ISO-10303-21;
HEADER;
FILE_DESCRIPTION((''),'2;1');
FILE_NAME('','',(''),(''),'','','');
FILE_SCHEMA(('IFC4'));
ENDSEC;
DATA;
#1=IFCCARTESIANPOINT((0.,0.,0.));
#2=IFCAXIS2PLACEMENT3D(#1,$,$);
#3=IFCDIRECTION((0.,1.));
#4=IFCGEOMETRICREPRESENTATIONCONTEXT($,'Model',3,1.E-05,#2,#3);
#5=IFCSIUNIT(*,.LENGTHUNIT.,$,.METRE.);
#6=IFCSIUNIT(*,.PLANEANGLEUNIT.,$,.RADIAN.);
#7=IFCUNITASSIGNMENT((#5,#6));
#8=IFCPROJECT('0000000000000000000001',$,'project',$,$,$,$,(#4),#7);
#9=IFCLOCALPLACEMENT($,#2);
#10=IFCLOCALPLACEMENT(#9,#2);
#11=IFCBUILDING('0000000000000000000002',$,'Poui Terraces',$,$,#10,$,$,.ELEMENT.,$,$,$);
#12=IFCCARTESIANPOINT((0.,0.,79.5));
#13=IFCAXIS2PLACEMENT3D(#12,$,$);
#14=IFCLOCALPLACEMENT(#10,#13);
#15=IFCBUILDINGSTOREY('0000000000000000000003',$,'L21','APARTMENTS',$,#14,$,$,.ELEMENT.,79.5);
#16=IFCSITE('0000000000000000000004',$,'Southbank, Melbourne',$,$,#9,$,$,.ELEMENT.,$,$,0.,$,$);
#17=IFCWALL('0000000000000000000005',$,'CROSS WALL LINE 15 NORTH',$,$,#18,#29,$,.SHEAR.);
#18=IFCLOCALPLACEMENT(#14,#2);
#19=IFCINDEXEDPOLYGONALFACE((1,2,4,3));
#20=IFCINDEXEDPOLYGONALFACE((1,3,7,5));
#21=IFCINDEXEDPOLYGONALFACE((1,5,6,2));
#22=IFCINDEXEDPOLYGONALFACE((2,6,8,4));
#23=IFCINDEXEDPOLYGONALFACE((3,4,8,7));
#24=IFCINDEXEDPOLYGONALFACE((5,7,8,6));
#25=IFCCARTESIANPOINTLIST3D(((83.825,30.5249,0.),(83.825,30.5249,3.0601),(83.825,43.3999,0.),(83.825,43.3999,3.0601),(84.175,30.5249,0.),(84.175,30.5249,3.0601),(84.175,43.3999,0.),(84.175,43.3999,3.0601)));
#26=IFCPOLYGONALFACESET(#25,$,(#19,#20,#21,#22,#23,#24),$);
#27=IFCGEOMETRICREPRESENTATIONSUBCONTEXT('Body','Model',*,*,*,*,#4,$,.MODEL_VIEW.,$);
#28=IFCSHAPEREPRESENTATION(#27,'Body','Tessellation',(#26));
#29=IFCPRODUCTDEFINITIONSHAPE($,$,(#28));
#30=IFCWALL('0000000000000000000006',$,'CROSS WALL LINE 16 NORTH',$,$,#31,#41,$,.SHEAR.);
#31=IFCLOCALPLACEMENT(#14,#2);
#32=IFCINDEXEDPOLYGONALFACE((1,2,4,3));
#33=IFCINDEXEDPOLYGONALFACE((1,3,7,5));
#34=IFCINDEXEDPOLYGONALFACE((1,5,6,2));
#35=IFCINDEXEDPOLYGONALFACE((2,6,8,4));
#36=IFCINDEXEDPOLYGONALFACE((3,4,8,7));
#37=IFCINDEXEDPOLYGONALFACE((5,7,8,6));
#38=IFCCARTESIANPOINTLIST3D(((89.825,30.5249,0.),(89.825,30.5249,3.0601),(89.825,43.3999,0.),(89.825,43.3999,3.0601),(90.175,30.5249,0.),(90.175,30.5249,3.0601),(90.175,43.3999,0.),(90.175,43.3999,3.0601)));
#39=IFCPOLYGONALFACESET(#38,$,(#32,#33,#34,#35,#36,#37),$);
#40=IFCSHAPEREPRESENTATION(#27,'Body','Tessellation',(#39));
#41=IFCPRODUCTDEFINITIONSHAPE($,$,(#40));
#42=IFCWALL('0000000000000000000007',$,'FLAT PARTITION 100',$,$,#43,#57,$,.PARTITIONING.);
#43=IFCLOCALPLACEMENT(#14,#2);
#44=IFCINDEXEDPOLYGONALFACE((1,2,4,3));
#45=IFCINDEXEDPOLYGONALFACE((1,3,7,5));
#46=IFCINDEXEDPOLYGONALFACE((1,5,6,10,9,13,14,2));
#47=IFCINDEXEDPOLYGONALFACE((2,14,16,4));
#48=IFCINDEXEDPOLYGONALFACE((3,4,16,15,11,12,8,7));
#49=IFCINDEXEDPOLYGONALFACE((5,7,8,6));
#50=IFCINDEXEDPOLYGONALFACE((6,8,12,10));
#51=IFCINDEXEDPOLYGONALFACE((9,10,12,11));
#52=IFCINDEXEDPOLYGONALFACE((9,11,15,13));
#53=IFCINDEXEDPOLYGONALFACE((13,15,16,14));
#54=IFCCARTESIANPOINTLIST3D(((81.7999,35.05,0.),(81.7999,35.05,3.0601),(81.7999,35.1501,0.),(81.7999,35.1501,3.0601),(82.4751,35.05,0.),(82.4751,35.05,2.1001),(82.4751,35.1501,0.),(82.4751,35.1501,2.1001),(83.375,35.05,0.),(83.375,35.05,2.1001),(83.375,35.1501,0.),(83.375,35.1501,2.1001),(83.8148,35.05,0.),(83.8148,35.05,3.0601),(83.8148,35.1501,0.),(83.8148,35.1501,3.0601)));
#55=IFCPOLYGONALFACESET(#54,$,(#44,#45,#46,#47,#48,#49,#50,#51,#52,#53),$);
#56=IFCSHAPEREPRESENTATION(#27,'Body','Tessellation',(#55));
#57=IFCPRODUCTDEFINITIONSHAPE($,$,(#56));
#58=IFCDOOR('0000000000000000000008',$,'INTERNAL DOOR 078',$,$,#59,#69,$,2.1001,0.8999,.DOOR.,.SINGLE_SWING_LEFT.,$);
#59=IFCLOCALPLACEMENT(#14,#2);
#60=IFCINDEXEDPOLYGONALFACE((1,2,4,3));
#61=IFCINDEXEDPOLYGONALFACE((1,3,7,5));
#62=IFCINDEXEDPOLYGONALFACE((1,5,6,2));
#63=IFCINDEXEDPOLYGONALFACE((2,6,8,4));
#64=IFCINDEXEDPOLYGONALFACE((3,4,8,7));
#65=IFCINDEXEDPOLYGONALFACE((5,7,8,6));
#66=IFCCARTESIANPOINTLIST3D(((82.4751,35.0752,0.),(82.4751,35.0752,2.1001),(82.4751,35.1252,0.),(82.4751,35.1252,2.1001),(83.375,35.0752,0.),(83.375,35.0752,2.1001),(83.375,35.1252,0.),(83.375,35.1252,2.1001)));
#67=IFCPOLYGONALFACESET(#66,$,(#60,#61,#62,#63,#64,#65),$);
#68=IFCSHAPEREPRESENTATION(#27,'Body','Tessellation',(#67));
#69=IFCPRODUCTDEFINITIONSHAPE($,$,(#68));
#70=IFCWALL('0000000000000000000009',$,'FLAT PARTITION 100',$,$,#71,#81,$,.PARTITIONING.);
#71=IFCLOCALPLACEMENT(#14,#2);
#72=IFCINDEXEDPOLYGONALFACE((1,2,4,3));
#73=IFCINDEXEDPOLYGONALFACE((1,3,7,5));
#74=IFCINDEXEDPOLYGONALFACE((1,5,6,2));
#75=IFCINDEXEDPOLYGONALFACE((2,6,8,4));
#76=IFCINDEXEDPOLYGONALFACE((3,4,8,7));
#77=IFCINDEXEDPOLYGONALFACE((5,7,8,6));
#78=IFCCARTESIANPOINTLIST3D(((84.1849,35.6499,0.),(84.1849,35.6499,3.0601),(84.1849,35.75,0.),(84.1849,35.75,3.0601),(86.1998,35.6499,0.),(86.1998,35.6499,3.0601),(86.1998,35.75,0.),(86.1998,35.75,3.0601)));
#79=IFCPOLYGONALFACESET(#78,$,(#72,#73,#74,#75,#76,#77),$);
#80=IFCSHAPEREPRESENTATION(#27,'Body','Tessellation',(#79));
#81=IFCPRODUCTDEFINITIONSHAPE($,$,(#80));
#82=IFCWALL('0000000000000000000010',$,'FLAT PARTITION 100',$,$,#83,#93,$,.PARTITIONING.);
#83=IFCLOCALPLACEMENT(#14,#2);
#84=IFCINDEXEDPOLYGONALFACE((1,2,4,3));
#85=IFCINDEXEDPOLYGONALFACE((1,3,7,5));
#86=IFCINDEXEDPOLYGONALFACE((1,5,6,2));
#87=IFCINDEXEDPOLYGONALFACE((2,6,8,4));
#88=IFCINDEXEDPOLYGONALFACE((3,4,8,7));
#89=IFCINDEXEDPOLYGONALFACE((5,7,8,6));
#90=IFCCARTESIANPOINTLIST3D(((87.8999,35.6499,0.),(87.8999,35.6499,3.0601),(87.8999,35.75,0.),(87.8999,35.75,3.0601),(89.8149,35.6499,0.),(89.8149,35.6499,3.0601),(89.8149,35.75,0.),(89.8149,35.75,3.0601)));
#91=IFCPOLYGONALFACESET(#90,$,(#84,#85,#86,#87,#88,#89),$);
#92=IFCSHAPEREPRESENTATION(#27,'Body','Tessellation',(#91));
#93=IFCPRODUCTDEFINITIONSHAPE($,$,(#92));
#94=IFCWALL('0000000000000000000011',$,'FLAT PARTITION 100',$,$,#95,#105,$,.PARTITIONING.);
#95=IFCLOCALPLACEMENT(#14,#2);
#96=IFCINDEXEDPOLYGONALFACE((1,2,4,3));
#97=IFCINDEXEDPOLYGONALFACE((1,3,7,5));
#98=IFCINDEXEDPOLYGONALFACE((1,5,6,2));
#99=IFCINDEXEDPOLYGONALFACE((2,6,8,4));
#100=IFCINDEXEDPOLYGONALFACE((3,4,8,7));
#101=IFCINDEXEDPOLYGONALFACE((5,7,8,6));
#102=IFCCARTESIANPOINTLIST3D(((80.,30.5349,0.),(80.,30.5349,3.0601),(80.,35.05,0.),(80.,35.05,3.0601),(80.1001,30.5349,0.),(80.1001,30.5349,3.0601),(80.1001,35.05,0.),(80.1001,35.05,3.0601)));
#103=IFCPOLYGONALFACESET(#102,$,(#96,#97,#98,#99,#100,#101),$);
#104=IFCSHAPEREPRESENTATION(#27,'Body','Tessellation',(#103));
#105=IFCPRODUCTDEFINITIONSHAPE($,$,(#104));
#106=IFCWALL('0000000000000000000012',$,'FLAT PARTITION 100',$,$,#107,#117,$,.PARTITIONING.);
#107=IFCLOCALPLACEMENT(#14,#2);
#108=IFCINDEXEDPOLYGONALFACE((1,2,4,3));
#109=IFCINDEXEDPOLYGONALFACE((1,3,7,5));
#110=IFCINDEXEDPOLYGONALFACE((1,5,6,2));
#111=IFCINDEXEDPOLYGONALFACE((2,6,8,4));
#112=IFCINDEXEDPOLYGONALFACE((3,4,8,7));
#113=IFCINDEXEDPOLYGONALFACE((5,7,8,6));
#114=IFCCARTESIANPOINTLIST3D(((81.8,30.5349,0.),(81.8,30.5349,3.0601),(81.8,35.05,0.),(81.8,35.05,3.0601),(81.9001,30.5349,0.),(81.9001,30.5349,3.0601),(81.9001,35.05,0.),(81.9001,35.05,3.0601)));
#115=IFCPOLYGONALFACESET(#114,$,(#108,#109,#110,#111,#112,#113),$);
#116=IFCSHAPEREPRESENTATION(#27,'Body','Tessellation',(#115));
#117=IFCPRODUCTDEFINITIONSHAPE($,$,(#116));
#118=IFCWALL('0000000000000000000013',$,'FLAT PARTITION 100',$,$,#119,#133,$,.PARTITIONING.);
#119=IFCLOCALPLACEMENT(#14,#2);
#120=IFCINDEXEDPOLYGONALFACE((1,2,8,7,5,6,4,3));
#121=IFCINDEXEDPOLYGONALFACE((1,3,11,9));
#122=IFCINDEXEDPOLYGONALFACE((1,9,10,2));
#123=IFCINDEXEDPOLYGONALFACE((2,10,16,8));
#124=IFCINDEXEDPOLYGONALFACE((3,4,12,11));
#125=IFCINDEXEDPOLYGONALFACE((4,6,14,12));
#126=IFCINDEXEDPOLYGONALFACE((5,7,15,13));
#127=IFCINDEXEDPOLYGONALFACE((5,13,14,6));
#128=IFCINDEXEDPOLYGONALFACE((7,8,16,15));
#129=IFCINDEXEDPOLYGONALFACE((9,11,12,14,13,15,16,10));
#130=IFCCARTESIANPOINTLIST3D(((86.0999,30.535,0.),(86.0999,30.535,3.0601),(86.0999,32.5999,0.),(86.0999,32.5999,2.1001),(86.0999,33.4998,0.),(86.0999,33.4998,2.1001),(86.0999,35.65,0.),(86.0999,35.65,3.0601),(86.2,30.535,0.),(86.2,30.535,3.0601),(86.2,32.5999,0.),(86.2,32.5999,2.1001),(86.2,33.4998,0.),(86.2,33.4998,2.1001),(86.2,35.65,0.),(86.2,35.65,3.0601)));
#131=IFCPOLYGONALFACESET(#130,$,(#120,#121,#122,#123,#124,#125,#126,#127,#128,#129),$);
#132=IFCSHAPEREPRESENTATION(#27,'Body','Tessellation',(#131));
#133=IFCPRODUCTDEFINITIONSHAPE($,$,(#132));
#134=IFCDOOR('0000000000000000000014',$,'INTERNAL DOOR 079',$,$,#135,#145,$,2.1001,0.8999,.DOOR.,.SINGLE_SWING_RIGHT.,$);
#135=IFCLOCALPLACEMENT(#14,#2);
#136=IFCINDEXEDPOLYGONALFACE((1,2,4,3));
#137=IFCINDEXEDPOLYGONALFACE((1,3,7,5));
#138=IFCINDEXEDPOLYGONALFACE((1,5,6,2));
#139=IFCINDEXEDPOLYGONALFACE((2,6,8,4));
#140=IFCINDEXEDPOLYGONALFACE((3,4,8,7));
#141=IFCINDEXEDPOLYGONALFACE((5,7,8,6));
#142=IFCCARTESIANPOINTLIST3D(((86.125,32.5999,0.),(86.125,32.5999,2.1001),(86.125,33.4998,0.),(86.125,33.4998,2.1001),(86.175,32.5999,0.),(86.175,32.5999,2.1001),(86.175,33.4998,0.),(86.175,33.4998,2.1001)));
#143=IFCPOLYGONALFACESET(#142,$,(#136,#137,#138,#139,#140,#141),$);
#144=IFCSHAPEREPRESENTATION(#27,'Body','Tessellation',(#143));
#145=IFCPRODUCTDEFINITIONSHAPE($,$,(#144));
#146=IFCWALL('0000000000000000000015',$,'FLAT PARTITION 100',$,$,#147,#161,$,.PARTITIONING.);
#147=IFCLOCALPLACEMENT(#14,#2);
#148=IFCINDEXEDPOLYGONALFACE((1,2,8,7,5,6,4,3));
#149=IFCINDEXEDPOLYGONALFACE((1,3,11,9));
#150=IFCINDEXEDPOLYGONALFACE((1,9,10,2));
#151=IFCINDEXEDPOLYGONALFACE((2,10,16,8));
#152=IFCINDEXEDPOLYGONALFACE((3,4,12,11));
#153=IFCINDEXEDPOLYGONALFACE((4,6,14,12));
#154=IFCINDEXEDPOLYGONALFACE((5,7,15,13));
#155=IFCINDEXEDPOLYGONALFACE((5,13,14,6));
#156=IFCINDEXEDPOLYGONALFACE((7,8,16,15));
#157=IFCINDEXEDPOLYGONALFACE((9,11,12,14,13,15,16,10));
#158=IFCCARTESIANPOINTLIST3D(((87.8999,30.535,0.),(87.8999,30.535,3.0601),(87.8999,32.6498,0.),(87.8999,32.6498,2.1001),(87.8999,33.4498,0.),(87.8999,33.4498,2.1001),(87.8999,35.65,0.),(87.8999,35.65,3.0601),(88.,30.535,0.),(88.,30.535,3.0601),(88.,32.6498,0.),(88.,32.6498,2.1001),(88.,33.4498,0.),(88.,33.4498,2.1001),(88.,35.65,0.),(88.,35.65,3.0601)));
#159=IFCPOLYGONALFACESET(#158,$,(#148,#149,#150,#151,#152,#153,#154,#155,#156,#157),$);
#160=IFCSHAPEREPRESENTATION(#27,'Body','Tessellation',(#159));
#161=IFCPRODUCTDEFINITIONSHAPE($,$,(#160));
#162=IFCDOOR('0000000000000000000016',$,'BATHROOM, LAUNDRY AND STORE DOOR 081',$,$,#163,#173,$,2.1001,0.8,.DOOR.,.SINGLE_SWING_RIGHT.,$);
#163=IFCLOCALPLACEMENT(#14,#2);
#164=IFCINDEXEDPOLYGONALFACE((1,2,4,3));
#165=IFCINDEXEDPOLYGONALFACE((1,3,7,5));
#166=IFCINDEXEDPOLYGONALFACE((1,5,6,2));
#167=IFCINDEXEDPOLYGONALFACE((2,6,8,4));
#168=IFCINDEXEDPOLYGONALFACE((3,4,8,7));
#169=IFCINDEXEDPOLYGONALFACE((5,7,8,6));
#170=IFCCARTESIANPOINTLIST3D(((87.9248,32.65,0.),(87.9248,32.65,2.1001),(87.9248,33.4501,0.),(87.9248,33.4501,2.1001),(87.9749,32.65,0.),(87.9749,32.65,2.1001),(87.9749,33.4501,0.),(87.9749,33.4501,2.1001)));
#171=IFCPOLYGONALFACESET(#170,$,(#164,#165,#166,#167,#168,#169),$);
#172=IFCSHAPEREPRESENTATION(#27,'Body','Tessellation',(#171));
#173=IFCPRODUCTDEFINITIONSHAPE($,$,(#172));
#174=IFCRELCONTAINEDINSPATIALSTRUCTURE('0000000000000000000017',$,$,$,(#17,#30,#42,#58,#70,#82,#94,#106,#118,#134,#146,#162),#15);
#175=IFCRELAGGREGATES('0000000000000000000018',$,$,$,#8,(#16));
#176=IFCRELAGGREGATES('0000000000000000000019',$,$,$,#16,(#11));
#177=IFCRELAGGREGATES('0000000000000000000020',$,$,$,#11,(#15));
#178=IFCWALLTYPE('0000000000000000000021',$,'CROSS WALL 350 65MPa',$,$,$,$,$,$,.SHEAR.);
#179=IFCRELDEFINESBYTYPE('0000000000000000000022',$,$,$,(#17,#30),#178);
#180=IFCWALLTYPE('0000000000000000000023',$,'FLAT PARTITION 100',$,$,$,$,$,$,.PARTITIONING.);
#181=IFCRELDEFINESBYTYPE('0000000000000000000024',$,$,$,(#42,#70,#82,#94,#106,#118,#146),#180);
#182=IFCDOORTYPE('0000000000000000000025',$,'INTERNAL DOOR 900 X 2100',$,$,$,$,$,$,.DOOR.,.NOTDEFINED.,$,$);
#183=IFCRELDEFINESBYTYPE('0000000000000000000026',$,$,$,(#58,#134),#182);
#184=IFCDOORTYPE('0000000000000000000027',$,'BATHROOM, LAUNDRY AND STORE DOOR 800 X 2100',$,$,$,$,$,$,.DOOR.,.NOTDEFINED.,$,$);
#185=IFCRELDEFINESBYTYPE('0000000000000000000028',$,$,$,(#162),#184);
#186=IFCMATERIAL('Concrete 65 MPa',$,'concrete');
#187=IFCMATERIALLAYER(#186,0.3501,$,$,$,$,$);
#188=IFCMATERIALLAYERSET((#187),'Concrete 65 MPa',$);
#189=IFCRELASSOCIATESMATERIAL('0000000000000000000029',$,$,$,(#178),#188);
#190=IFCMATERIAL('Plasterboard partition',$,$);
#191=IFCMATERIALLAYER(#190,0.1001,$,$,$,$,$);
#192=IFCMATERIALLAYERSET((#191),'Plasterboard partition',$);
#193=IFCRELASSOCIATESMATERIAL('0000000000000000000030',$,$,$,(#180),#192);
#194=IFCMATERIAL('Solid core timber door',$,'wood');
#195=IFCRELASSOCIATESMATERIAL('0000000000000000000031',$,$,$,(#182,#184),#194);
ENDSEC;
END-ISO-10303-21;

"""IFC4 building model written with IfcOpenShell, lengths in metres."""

from ifc_helpers import new_model, si_unit, direction, frame, frame_2d, origin, place, context, subcontext, project, spatial, rectangle, extrude, material, layer, layer_set, type_object, element, fill, save


model = new_model("IFC4")

# Units and contexts
model_context = context("Model", 3, precision=1e-05, world=origin(), true_north=direction((0.0, 1.0)))
body_context = subcontext(model_context, "Body", "Model", "MODEL_VIEW")
ifc_project = project(units=[si_unit("LENGTHUNIT", "METRE"), si_unit("PLANEANGLEUNIT", "RADIAN")], contexts=[model_context])

# Site, building, storey
site_placement = place(None, origin())
site = spatial("IfcSite", under=ifc_project, at=site_placement, Name="Southbank, Melbourne", CompositionType="ELEMENT", RefElevation=0.0)
building_placement = place(site_placement, origin())
building = spatial("IfcBuilding", under=site, at=building_placement, Name="Poui Terraces", CompositionType="ELEMENT")
storey_placement = place(building_placement, frame((0.0, 0.0, 79.5)))
storey = spatial("IfcBuildingStorey", under=building, at=storey_placement, Name="L21", Description="APARTMENTS", CompositionType="ELEMENT", Elevation=79.5)

# Walls
ifc_material_1 = material(Name="Concrete 65 MPa", Category="concrete")
ifc_layer_1 = layer(ifc_material_1, 0.3501)
ifc_layer_set_1 = layer_set([ifc_layer_1], Name="Concrete 65 MPa")
wall_type_1 = type_object("IfcWallType", Name="CROSS WALL 350 65MPa", PredefinedType="SHEAR", material=ifc_layer_set_1)
for number, where, z_axis, x_axis, name in (
    (1, (84.0, 30.5249, 0.0), (0.0, 0.0, 1.0), (0.0, 1.0, 0.0), "CROSS WALL LINE 15 NORTH"),
    (2, (90.0, 30.5249, 0.0), (0.0, 0.0, 1.0), (0.0, 1.0, 0.0), "CROSS WALL LINE 16 NORTH"),
):
    element("IfcWall", number, at=place(storey_placement, frame(where, z_axis=z_axis, x_axis=x_axis)), inside=storey, type_object=wall_type_1, Name=name, PredefinedType="SHEAR", context=body_context, shape_type="SweptSolid", body=[
        extrude(rectangle(XDim=12.875, YDim=0.3501, at=frame_2d((6.4375, 0.0))), origin(), (0.0, 0.0, 1.0), 3.0601),
    ])

# Wall, opening, door
ifc_material_2 = material(Name="Plasterboard partition")
ifc_layer_2 = layer(ifc_material_2, 0.1001)
ifc_layer_set_2 = layer_set([ifc_layer_2], Name="Plasterboard partition")
wall_type_2 = type_object("IfcWallType", Name="FLAT PARTITION 100", PredefinedType="PARTITIONING", material=ifc_layer_set_2)
wall_1_placement = place(storey_placement, frame((81.8, 35.1001, 0.0), z_axis=(0.0, 0.0, 1.0), x_axis=(1.0, 0.0, 0.0)))
wall_1 = element("IfcWall", 3, at=wall_1_placement, inside=storey, type_object=wall_type_2, Name="FLAT PARTITION 100", PredefinedType="PARTITIONING", context=body_context, shape_type="SweptSolid", body=[
    extrude(rectangle(XDim=2.0149, YDim=0.1001, at=frame_2d((1.0073, 0.0))), origin(), (0.0, 0.0, 1.0), 3.0601),
])
opening_1_placement = place(wall_1_placement, frame((0.675, 0.0, 0.0)))
opening_1 = element("IfcOpeningElement", 4, at=opening_1_placement, cuts=wall_1, PredefinedType="OPENING", context=body_context, shape_type="SweptSolid", body=[
    extrude(rectangle(XDim=0.8999, YDim=2.1001, at=frame_2d((0.45, 1.05))), frame((0.0, 0.0601, 0.0), z_axis=(0.0, -1.0, 0.0), x_axis=(1.0, 0.0, 0.0)), (0.0, 0.0, 1.0), 0.1201),
])
ifc_material_3 = material(Name="Solid core timber door", Category="wood")
door_type_1 = type_object("IfcDoorType", Name="INTERNAL DOOR 900 X 2100", OperationType="NOTDEFINED", PredefinedType="DOOR", material=ifc_material_3)
door_1_placement = place(opening_1_placement, frame((0.8999, 0.0, 0.0), z_axis=(0.0, 0.0, 1.0), x_axis=(-1.0, 0.0, 0.0)))
door_1 = element("IfcDoor", 5, at=door_1_placement, inside=storey, type_object=door_type_1, Name="INTERNAL DOOR 078", OperationType="SINGLE_SWING_LEFT", OverallHeight=2.1001, OverallWidth=0.8999, PredefinedType="DOOR", context=body_context, shape_type="SweptSolid", body=[
    extrude(rectangle(XDim=0.8999, YDim=2.1001, at=frame_2d((0.45, 1.05))), frame((0.0, 0.0249, 0.0), z_axis=(0.0, -1.0, 0.0), x_axis=(1.0, 0.0, 0.0)), (0.0, 0.0, 1.0), 0.05),
])
fill(opening_1, door_1)

# Walls
wall_2_placement = place(storey_placement, frame((84.1851, 35.7, 0.0), z_axis=(0.0, 0.0, 1.0), x_axis=(1.0, 0.0, 0.0)))
element("IfcWall", 6, at=wall_2_placement, inside=storey, type_object=wall_type_2, Name="FLAT PARTITION 100", PredefinedType="PARTITIONING", context=body_context, shape_type="SweptSolid", body=[
    extrude(rectangle(XDim=2.0149, YDim=0.1001, at=frame_2d((1.0073, 0.0))), origin(), (0.0, 0.0, 1.0), 3.0601),
])
wall_3_placement = place(storey_placement, frame((87.8999, 35.7, 0.0), z_axis=(0.0, 0.0, 1.0), x_axis=(1.0, 0.0, 0.0)))
element("IfcWall", 7, at=wall_3_placement, inside=storey, type_object=wall_type_2, Name="FLAT PARTITION 100", PredefinedType="PARTITIONING", context=body_context, shape_type="SweptSolid", body=[
    extrude(rectangle(XDim=1.915, YDim=0.1001, at=frame_2d((0.9575, 0.0))), origin(), (0.0, 0.0, 1.0), 3.0601),
])
for number, where, z_axis, x_axis, name in (
    (8, (80.05, 30.5349, 0.0), (0.0, 0.0, 1.0), (0.0, 1.0, 0.0), "FLAT PARTITION 100"),
    (9, (81.8501, 30.5349, 0.0), (0.0, 0.0, 1.0), (0.0, 1.0, 0.0), "FLAT PARTITION 100"),
):
    element("IfcWall", number, at=place(storey_placement, frame(where, z_axis=z_axis, x_axis=x_axis)), inside=storey, type_object=wall_type_2, Name=name, PredefinedType="PARTITIONING", context=body_context, shape_type="SweptSolid", body=[
        extrude(rectangle(XDim=4.5151, YDim=0.1001, at=frame_2d((2.2576, 0.0))), origin(), (0.0, 0.0, 1.0), 3.0601),
    ])

# Walls, openings, doors
wall_4_placement = place(storey_placement, frame((86.1499, 30.5349, 0.0), z_axis=(0.0, 0.0, 1.0), x_axis=(0.0, 1.0, 0.0)))
wall_4 = element("IfcWall", 10, at=wall_4_placement, inside=storey, type_object=wall_type_2, Name="FLAT PARTITION 100", PredefinedType="PARTITIONING", context=body_context, shape_type="SweptSolid", body=[
    extrude(rectangle(XDim=5.115, YDim=0.1001, at=frame_2d((2.5576, 0.0))), origin(), (0.0, 0.0, 1.0), 3.0601),
])
opening_2_placement = place(wall_4_placement, frame((2.0649, 0.0, 0.0)))
opening_2 = element("IfcOpeningElement", 11, at=opening_2_placement, cuts=wall_4, PredefinedType="OPENING", context=body_context, shape_type="SweptSolid", body=[
    extrude(rectangle(XDim=0.8999, YDim=2.1001, at=frame_2d((0.45, 1.05))), frame((0.0, 0.0601, 0.0), z_axis=(0.0, -1.0, 0.0), x_axis=(1.0, 0.0, 0.0)), (0.0, 0.0, 1.0), 0.1201),
])
door_2_placement = place(opening_2_placement, origin())
door_2 = element("IfcDoor", 12, at=door_2_placement, inside=storey, type_object=door_type_1, Name="INTERNAL DOOR 079", OperationType="SINGLE_SWING_RIGHT", OverallHeight=2.1001, OverallWidth=0.8999, PredefinedType="DOOR", context=body_context, shape_type="SweptSolid", body=[
    extrude(rectangle(XDim=0.8999, YDim=2.1001, at=frame_2d((0.45, 1.05))), frame((0.0, 0.0249, 0.0), z_axis=(0.0, -1.0, 0.0), x_axis=(1.0, 0.0, 0.0)), (0.0, 0.0, 1.0), 0.05),
])
fill(opening_2, door_2)
wall_5_placement = place(storey_placement, frame((87.95, 30.5349, 0.0), z_axis=(0.0, 0.0, 1.0), x_axis=(0.0, 1.0, 0.0)))
wall_5 = element("IfcWall", 13, at=wall_5_placement, inside=storey, type_object=wall_type_2, Name="FLAT PARTITION 100", PredefinedType="PARTITIONING", context=body_context, shape_type="SweptSolid", body=[
    extrude(rectangle(XDim=5.115, YDim=0.1001, at=frame_2d((2.5576, 0.0))), origin(), (0.0, 0.0, 1.0), 3.0601),
])
opening_3_placement = place(wall_5_placement, frame((2.115, 0.0, 0.0)))
opening_3 = element("IfcOpeningElement", 14, at=opening_3_placement, cuts=wall_5, PredefinedType="OPENING", context=body_context, shape_type="SweptSolid", body=[
    extrude(rectangle(XDim=0.8, YDim=2.1001, at=frame_2d((0.3999, 1.05))), frame((0.0, 0.0601, 0.0), z_axis=(0.0, -1.0, 0.0), x_axis=(1.0, 0.0, 0.0)), (0.0, 0.0, 1.0), 0.1201),
])
door_type_2 = type_object("IfcDoorType", Name="BATHROOM, LAUNDRY AND STORE DOOR 800 X 2100", OperationType="NOTDEFINED", PredefinedType="DOOR", material=ifc_material_3)
door_3_placement = place(opening_3_placement, frame((0.8, 0.0, 0.0), z_axis=(0.0, 0.0, 1.0), x_axis=(-1.0, 0.0, 0.0)))
door_3 = element("IfcDoor", 15, at=door_3_placement, inside=storey, type_object=door_type_2, Name="BATHROOM, LAUNDRY AND STORE DOOR 081", OperationType="SINGLE_SWING_RIGHT", OverallHeight=2.1001, OverallWidth=0.8, PredefinedType="DOOR", context=body_context, shape_type="SweptSolid", body=[
    extrude(rectangle(XDim=0.8, YDim=2.1001, at=frame_2d((0.3999, 1.05))), frame((0.0, 0.0249, 0.0), z_axis=(0.0, -1.0, 0.0), x_axis=(1.0, 0.0, 0.0)), (0.0, 0.0, 1.0), 0.05),
])
fill(opening_3, door_3)

save(model, "model.ifc")
